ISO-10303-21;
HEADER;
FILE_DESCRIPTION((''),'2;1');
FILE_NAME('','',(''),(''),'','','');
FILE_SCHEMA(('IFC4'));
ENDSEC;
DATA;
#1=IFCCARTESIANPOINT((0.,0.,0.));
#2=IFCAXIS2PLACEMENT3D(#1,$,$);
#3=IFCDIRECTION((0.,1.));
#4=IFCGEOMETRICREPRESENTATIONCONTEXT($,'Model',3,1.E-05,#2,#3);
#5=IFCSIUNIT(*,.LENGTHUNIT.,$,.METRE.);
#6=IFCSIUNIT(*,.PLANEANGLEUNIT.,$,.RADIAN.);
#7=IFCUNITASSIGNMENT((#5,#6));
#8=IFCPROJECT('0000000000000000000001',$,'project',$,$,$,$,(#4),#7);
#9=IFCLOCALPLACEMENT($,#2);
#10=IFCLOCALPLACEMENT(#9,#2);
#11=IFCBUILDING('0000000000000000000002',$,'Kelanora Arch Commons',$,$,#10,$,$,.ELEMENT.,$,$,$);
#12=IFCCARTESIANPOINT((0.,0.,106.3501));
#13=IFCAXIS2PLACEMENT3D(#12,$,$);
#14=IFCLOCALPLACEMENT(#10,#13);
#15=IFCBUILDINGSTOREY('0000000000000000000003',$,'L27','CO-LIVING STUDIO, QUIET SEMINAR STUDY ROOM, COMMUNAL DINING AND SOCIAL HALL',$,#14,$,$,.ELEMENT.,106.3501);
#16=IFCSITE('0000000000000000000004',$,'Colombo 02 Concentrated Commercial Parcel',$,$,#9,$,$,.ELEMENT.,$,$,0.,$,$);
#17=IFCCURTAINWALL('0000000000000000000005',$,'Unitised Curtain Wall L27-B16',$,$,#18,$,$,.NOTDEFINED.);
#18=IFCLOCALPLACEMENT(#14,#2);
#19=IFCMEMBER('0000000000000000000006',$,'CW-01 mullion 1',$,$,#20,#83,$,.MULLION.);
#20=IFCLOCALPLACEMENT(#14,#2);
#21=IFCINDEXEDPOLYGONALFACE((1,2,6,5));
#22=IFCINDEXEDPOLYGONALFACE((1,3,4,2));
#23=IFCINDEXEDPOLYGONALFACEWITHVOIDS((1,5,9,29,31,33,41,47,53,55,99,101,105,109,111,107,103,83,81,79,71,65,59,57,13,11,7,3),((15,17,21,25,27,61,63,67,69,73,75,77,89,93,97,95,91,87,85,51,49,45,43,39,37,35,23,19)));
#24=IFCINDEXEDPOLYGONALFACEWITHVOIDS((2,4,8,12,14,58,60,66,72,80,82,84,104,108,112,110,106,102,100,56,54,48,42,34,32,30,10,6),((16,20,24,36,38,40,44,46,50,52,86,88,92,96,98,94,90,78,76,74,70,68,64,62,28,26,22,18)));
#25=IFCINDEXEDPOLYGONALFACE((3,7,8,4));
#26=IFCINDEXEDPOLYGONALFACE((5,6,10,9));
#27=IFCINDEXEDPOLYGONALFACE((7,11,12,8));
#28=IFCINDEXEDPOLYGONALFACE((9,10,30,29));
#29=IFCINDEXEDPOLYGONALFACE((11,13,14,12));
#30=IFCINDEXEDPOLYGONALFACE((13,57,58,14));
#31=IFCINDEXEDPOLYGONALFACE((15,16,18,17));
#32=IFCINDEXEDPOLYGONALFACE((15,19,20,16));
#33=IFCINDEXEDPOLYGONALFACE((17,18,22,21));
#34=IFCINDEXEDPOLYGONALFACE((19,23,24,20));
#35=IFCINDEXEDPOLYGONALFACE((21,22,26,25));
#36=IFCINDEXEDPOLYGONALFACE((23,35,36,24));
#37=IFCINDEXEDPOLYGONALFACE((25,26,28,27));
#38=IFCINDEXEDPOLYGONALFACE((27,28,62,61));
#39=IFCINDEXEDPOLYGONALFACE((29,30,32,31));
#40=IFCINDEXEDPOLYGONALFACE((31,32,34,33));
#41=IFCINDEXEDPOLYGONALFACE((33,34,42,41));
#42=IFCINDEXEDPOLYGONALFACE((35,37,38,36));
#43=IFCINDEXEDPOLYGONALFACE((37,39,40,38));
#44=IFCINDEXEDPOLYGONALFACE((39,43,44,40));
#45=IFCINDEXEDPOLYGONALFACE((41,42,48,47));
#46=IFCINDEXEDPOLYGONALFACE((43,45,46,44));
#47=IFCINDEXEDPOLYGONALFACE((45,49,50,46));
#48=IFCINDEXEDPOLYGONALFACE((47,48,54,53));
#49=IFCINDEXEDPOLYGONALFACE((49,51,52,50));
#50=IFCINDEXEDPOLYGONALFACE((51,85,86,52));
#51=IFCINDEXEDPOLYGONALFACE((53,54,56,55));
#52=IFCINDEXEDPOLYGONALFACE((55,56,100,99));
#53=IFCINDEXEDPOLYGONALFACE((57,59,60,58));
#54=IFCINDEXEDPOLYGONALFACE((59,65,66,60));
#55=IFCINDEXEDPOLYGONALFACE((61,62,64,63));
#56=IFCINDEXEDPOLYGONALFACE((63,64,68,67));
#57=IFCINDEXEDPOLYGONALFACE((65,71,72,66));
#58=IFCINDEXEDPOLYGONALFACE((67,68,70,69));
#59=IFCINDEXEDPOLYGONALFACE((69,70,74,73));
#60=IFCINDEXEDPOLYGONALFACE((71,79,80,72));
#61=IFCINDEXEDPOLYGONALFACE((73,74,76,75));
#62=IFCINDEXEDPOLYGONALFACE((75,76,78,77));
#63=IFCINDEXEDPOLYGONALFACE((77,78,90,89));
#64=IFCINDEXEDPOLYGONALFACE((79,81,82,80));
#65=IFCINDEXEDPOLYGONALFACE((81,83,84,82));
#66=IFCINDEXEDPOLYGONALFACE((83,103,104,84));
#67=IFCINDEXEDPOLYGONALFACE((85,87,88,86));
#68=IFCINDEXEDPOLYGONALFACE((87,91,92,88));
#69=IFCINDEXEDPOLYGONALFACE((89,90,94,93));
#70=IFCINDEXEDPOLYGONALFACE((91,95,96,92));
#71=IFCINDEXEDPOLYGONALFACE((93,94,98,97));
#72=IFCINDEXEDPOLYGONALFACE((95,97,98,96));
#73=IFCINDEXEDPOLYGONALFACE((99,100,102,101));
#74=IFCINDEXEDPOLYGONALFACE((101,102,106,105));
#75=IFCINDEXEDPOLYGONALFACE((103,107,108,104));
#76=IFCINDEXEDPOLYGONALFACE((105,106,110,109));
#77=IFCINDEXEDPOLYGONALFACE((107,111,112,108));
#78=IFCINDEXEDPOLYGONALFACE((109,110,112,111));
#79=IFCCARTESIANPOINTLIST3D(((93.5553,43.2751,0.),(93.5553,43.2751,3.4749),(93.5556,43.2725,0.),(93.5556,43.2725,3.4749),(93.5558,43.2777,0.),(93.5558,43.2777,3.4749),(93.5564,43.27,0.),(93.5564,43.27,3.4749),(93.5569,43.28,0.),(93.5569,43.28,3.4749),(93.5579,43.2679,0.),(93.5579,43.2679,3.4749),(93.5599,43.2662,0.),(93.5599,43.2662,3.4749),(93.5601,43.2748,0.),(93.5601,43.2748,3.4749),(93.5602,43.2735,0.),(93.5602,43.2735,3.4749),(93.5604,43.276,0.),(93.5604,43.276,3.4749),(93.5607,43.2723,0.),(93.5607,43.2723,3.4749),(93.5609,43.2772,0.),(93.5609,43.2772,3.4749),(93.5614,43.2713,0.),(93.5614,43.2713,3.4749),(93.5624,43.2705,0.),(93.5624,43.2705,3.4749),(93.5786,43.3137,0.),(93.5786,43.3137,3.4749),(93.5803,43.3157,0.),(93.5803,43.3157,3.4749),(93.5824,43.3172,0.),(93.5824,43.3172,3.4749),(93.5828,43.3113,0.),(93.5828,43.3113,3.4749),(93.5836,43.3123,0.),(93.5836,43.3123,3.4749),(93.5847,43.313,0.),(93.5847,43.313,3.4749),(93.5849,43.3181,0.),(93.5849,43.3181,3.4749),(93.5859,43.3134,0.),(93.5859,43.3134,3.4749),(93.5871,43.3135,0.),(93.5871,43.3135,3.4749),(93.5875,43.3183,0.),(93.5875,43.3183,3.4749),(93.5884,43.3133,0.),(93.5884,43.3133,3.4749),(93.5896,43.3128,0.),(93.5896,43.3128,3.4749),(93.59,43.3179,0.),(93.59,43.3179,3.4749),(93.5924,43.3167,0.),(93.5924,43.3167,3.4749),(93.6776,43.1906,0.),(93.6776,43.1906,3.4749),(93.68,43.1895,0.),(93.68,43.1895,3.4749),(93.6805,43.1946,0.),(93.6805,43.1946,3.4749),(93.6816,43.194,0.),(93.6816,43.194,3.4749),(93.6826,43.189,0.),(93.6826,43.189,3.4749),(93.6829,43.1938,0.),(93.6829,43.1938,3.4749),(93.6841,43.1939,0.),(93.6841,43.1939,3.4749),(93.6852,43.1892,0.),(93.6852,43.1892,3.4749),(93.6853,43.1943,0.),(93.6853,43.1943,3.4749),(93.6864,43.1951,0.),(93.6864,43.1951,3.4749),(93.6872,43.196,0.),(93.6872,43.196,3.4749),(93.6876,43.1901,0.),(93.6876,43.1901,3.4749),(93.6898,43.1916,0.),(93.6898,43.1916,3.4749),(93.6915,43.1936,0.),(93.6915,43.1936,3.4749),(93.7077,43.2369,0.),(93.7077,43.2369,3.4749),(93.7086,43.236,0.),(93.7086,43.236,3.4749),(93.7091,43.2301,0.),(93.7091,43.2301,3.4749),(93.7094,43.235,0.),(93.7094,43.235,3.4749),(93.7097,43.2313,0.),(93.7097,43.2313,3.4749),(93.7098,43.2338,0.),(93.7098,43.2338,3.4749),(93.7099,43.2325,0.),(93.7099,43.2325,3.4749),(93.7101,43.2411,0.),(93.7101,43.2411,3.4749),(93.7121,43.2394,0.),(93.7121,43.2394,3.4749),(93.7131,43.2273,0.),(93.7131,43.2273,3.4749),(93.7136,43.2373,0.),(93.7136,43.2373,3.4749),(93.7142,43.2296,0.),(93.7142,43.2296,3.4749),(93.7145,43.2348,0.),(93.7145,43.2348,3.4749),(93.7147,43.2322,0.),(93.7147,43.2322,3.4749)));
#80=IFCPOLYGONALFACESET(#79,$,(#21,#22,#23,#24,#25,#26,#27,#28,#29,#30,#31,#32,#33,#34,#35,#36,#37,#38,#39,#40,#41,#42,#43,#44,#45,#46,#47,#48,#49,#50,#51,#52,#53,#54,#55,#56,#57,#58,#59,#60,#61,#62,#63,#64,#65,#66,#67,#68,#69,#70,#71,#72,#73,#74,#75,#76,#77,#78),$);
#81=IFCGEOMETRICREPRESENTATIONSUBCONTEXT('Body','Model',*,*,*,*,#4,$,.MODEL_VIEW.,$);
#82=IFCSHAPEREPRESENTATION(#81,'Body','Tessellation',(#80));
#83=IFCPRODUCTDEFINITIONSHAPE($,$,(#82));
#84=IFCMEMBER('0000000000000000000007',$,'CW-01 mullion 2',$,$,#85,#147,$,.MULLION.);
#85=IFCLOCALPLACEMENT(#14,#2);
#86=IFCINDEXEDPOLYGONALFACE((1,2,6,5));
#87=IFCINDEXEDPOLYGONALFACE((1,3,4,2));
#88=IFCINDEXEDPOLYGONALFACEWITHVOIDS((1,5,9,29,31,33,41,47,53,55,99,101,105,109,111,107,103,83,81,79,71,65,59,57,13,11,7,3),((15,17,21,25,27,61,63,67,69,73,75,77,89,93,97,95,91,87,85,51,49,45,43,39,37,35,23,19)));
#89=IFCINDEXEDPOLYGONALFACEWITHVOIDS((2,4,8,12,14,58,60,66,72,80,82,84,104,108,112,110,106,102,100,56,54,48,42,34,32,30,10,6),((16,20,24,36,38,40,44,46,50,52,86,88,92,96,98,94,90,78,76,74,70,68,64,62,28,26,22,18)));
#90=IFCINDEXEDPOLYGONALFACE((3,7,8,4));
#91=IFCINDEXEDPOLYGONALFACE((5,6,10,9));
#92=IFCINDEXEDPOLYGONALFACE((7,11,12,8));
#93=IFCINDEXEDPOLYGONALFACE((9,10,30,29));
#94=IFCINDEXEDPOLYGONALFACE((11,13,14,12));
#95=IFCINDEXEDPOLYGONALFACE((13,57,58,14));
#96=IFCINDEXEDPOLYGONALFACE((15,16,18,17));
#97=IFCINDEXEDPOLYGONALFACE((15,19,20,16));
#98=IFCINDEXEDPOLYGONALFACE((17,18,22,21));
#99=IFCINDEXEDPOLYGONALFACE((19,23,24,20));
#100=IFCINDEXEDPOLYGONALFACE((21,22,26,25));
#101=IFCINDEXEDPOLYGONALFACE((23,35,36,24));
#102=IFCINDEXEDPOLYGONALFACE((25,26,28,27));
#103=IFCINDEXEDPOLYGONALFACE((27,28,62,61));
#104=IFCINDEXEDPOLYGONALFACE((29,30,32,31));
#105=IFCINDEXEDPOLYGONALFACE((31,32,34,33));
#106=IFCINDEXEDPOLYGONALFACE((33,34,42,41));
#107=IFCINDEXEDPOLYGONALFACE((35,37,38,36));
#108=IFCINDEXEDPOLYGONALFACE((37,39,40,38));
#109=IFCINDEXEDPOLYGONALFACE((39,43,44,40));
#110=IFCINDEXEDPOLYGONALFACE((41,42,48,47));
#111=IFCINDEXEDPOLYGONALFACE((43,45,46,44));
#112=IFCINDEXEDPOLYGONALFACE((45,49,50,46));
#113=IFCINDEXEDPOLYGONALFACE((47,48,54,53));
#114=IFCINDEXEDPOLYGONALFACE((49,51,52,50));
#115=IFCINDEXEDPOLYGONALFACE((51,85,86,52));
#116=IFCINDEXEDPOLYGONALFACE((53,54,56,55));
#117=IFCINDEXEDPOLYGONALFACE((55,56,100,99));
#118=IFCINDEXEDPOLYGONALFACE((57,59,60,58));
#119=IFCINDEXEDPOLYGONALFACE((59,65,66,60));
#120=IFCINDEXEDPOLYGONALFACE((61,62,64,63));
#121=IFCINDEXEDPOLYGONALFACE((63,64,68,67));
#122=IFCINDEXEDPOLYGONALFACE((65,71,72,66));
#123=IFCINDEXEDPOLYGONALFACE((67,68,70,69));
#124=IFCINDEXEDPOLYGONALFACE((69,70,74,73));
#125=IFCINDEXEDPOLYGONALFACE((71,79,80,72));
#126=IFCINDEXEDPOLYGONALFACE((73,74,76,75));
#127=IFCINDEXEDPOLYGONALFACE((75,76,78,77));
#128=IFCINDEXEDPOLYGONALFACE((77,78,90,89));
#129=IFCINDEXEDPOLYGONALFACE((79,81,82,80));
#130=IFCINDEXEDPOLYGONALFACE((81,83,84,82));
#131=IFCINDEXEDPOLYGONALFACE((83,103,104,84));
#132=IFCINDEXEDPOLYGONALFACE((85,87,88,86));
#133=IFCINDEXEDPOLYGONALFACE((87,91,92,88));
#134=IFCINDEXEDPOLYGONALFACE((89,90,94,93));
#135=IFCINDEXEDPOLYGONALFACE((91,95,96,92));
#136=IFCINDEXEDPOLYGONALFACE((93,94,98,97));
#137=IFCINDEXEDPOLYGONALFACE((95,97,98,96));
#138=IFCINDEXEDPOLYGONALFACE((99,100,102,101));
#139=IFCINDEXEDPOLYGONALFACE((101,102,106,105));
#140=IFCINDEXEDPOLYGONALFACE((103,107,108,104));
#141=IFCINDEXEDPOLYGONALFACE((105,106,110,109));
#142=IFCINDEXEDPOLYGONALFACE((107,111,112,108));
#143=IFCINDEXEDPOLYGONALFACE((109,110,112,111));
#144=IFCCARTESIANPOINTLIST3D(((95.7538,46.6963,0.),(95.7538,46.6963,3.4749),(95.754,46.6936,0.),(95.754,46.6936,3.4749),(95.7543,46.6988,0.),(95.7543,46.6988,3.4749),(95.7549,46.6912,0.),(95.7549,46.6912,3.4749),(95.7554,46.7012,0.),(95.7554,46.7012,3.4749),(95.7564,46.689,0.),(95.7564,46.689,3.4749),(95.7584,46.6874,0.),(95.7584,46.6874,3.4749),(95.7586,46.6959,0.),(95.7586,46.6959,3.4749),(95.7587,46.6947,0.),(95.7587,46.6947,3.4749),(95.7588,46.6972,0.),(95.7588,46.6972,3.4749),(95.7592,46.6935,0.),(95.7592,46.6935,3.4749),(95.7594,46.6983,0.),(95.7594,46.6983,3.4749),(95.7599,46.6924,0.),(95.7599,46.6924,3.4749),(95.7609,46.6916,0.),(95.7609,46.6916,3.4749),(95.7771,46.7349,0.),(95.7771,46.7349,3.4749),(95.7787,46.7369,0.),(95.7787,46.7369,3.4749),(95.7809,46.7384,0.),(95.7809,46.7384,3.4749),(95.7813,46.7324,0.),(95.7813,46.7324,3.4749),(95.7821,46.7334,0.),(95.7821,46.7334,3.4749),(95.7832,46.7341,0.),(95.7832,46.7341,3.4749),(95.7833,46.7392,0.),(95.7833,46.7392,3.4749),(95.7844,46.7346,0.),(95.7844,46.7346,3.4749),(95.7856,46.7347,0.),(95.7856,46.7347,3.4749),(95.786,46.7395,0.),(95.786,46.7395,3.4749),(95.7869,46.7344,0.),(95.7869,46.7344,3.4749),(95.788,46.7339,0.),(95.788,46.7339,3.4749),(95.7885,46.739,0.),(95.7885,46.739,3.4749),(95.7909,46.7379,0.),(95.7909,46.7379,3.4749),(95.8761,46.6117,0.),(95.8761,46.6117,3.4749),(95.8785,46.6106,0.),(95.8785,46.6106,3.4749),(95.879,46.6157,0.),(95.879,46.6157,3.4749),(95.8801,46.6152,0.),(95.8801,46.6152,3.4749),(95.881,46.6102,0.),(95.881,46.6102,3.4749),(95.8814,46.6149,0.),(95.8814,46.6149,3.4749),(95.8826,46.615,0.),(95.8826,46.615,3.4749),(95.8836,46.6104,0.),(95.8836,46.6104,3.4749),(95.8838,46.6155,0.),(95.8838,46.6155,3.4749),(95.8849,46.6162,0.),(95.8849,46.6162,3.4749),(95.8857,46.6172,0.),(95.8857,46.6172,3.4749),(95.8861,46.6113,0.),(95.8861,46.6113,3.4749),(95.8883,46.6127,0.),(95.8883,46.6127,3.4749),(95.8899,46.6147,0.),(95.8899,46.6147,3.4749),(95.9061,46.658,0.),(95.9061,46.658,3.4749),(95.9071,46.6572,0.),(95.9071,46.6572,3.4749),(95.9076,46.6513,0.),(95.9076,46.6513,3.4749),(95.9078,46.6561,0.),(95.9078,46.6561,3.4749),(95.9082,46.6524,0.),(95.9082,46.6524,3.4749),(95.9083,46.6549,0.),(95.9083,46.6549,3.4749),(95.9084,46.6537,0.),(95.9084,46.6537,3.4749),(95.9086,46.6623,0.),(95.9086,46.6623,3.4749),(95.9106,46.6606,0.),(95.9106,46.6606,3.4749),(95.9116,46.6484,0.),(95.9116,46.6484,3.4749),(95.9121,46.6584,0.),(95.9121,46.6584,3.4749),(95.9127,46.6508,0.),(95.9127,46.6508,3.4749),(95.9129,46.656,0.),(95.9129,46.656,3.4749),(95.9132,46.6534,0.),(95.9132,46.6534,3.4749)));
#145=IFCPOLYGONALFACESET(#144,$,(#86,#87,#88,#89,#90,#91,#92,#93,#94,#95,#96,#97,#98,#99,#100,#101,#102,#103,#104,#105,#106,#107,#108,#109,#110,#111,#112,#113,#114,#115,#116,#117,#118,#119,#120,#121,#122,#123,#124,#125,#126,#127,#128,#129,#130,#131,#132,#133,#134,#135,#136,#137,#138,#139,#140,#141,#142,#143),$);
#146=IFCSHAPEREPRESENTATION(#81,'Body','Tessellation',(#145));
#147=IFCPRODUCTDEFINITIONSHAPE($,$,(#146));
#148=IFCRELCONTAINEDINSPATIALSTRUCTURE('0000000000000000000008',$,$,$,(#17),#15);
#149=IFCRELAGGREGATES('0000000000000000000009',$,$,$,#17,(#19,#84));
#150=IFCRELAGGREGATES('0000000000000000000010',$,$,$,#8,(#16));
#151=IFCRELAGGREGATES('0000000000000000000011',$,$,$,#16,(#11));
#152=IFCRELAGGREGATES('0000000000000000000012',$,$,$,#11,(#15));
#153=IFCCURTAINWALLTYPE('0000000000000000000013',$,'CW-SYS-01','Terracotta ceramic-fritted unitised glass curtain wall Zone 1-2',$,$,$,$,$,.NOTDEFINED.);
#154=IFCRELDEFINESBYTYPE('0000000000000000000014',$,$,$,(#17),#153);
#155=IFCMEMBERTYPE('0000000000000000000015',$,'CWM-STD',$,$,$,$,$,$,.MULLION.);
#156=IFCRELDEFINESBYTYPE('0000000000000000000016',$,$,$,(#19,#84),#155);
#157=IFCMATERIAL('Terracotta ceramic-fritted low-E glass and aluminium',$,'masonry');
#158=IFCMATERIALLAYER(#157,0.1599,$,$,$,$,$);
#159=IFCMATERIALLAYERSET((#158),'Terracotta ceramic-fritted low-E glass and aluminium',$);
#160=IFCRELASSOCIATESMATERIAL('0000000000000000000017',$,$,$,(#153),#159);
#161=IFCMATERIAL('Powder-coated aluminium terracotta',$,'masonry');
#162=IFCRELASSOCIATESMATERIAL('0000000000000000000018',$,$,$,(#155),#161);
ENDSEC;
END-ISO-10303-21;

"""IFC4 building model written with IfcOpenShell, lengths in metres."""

from ifc_helpers import new_model, si_unit, direction, frame, origin, origin_2d, place, context, subcontext, project, spatial, hollow_rectangle, extrude, material, layer, layer_set, material_profile, profile_set, type_object, element, aggregate, save


model = new_model("IFC4")

# Units and contexts
model_context = context("Model", 3, precision=1e-05, world=origin(), true_north=direction((0.0, 1.0)))
body_context = subcontext(model_context, "Body", "Model", "MODEL_VIEW")
ifc_project = project(units=[si_unit("LENGTHUNIT", "METRE"), si_unit("PLANEANGLEUNIT", "RADIAN")], contexts=[model_context])

# Site, building, storey
site_placement = place(None, origin())
site = spatial("IfcSite", under=ifc_project, at=site_placement, Name="Colombo 02 Concentrated Commercial Parcel", CompositionType="ELEMENT", RefElevation=0.0)
building_placement = place(site_placement, origin())
building = spatial("IfcBuilding", under=site, at=building_placement, Name="Kelanora Arch Commons", CompositionType="ELEMENT")
storey_placement = place(building_placement, frame((0.0, 0.0, 106.3501)))
storey = spatial("IfcBuildingStorey", under=building, at=storey_placement, Name="L27", Description="CO-LIVING STUDIO, QUIET SEMINAR STUDY ROOM, COMMUNAL DINING AND SOCIAL HALL", CompositionType="ELEMENT", Elevation=106.3501)

# Shared definitions
ifc_material_1 = material(Name="Terracotta ceramic-fritted low-E glass and aluminium", Category="masonry")
ifc_layer_1 = layer(ifc_material_1, 0.1599)
ifc_layer_set_1 = layer_set([ifc_layer_1], Name="Terracotta ceramic-fritted low-E glass and aluminium")
curtain_wall_type = type_object("IfcCurtainWallType", Name="CW-SYS-01", Description="Terracotta ceramic-fritted unitised glass curtain wall Zone 1-2", PredefinedType="NOTDEFINED", material=ifc_layer_set_1)
ifc_material_2 = material(Name="Powder-coated aluminium terracotta", Category="masonry")
ifc_material_profile_1 = material_profile(ifc_material_2, hollow_rectangle(XDim=0.1599, YDim=0.0601, WallThickness=0.0049, InnerFilletRadius=0.0049, OuterFilletRadius=0.01, at=origin_2d()), Name="CWM160x60")
ifc_profile_set_1 = profile_set([ifc_material_profile_1], Name="Powder-coated aluminium terracotta")
member_type_1 = type_object("IfcMemberType", Name="CWM-STD", PredefinedType="MULLION", material=ifc_profile_set_1)

# Curtain wall, members
curtain_wall_1_placement = place(storey_placement, origin())
curtain_wall_1 = element("IfcCurtainWall", 1, at=curtain_wall_1_placement, inside=storey, type_object=curtain_wall_type, Name="Unitised Curtain Wall L27-B16", PredefinedType="NOTDEFINED")
member_1_placement = place(storey_placement, frame((93.635, 43.2537, 0.0), z_axis=(0.0, 0.0, 1.0), x_axis=(-0.841269, 0.540617, 0.0)))
member_1 = element("IfcMember", 2, at=member_1_placement, type_object=member_type_1, Name="CW-01 mullion 1", PredefinedType="MULLION", context=body_context, shape_type="SweptSolid", body=[
    extrude(hollow_rectangle(XDim=0.1599, YDim=0.0601, WallThickness=0.0049, InnerFilletRadius=0.0049, OuterFilletRadius=0.01, at=origin_2d()), origin(), (0.0, 0.0, 1.0), 3.4749),
])
member_2_placement = place(storey_placement, frame((95.8335, 46.6748, 0.0), z_axis=(0.0, 0.0, 1.0), x_axis=(-0.841269, 0.540617, 0.0)))
member_2 = element("IfcMember", 3, at=member_2_placement, type_object=member_type_1, Name="CW-01 mullion 2", PredefinedType="MULLION", context=body_context, shape_type="SweptSolid", body=[
    extrude(hollow_rectangle(XDim=0.1599, YDim=0.0601, WallThickness=0.0049, InnerFilletRadius=0.0049, OuterFilletRadius=0.01, at=origin_2d()), origin(), (0.0, 0.0, 1.0), 3.4749),
])
aggregate(curtain_wall_1, [member_1, member_2])

save(model, "model.ifc")
